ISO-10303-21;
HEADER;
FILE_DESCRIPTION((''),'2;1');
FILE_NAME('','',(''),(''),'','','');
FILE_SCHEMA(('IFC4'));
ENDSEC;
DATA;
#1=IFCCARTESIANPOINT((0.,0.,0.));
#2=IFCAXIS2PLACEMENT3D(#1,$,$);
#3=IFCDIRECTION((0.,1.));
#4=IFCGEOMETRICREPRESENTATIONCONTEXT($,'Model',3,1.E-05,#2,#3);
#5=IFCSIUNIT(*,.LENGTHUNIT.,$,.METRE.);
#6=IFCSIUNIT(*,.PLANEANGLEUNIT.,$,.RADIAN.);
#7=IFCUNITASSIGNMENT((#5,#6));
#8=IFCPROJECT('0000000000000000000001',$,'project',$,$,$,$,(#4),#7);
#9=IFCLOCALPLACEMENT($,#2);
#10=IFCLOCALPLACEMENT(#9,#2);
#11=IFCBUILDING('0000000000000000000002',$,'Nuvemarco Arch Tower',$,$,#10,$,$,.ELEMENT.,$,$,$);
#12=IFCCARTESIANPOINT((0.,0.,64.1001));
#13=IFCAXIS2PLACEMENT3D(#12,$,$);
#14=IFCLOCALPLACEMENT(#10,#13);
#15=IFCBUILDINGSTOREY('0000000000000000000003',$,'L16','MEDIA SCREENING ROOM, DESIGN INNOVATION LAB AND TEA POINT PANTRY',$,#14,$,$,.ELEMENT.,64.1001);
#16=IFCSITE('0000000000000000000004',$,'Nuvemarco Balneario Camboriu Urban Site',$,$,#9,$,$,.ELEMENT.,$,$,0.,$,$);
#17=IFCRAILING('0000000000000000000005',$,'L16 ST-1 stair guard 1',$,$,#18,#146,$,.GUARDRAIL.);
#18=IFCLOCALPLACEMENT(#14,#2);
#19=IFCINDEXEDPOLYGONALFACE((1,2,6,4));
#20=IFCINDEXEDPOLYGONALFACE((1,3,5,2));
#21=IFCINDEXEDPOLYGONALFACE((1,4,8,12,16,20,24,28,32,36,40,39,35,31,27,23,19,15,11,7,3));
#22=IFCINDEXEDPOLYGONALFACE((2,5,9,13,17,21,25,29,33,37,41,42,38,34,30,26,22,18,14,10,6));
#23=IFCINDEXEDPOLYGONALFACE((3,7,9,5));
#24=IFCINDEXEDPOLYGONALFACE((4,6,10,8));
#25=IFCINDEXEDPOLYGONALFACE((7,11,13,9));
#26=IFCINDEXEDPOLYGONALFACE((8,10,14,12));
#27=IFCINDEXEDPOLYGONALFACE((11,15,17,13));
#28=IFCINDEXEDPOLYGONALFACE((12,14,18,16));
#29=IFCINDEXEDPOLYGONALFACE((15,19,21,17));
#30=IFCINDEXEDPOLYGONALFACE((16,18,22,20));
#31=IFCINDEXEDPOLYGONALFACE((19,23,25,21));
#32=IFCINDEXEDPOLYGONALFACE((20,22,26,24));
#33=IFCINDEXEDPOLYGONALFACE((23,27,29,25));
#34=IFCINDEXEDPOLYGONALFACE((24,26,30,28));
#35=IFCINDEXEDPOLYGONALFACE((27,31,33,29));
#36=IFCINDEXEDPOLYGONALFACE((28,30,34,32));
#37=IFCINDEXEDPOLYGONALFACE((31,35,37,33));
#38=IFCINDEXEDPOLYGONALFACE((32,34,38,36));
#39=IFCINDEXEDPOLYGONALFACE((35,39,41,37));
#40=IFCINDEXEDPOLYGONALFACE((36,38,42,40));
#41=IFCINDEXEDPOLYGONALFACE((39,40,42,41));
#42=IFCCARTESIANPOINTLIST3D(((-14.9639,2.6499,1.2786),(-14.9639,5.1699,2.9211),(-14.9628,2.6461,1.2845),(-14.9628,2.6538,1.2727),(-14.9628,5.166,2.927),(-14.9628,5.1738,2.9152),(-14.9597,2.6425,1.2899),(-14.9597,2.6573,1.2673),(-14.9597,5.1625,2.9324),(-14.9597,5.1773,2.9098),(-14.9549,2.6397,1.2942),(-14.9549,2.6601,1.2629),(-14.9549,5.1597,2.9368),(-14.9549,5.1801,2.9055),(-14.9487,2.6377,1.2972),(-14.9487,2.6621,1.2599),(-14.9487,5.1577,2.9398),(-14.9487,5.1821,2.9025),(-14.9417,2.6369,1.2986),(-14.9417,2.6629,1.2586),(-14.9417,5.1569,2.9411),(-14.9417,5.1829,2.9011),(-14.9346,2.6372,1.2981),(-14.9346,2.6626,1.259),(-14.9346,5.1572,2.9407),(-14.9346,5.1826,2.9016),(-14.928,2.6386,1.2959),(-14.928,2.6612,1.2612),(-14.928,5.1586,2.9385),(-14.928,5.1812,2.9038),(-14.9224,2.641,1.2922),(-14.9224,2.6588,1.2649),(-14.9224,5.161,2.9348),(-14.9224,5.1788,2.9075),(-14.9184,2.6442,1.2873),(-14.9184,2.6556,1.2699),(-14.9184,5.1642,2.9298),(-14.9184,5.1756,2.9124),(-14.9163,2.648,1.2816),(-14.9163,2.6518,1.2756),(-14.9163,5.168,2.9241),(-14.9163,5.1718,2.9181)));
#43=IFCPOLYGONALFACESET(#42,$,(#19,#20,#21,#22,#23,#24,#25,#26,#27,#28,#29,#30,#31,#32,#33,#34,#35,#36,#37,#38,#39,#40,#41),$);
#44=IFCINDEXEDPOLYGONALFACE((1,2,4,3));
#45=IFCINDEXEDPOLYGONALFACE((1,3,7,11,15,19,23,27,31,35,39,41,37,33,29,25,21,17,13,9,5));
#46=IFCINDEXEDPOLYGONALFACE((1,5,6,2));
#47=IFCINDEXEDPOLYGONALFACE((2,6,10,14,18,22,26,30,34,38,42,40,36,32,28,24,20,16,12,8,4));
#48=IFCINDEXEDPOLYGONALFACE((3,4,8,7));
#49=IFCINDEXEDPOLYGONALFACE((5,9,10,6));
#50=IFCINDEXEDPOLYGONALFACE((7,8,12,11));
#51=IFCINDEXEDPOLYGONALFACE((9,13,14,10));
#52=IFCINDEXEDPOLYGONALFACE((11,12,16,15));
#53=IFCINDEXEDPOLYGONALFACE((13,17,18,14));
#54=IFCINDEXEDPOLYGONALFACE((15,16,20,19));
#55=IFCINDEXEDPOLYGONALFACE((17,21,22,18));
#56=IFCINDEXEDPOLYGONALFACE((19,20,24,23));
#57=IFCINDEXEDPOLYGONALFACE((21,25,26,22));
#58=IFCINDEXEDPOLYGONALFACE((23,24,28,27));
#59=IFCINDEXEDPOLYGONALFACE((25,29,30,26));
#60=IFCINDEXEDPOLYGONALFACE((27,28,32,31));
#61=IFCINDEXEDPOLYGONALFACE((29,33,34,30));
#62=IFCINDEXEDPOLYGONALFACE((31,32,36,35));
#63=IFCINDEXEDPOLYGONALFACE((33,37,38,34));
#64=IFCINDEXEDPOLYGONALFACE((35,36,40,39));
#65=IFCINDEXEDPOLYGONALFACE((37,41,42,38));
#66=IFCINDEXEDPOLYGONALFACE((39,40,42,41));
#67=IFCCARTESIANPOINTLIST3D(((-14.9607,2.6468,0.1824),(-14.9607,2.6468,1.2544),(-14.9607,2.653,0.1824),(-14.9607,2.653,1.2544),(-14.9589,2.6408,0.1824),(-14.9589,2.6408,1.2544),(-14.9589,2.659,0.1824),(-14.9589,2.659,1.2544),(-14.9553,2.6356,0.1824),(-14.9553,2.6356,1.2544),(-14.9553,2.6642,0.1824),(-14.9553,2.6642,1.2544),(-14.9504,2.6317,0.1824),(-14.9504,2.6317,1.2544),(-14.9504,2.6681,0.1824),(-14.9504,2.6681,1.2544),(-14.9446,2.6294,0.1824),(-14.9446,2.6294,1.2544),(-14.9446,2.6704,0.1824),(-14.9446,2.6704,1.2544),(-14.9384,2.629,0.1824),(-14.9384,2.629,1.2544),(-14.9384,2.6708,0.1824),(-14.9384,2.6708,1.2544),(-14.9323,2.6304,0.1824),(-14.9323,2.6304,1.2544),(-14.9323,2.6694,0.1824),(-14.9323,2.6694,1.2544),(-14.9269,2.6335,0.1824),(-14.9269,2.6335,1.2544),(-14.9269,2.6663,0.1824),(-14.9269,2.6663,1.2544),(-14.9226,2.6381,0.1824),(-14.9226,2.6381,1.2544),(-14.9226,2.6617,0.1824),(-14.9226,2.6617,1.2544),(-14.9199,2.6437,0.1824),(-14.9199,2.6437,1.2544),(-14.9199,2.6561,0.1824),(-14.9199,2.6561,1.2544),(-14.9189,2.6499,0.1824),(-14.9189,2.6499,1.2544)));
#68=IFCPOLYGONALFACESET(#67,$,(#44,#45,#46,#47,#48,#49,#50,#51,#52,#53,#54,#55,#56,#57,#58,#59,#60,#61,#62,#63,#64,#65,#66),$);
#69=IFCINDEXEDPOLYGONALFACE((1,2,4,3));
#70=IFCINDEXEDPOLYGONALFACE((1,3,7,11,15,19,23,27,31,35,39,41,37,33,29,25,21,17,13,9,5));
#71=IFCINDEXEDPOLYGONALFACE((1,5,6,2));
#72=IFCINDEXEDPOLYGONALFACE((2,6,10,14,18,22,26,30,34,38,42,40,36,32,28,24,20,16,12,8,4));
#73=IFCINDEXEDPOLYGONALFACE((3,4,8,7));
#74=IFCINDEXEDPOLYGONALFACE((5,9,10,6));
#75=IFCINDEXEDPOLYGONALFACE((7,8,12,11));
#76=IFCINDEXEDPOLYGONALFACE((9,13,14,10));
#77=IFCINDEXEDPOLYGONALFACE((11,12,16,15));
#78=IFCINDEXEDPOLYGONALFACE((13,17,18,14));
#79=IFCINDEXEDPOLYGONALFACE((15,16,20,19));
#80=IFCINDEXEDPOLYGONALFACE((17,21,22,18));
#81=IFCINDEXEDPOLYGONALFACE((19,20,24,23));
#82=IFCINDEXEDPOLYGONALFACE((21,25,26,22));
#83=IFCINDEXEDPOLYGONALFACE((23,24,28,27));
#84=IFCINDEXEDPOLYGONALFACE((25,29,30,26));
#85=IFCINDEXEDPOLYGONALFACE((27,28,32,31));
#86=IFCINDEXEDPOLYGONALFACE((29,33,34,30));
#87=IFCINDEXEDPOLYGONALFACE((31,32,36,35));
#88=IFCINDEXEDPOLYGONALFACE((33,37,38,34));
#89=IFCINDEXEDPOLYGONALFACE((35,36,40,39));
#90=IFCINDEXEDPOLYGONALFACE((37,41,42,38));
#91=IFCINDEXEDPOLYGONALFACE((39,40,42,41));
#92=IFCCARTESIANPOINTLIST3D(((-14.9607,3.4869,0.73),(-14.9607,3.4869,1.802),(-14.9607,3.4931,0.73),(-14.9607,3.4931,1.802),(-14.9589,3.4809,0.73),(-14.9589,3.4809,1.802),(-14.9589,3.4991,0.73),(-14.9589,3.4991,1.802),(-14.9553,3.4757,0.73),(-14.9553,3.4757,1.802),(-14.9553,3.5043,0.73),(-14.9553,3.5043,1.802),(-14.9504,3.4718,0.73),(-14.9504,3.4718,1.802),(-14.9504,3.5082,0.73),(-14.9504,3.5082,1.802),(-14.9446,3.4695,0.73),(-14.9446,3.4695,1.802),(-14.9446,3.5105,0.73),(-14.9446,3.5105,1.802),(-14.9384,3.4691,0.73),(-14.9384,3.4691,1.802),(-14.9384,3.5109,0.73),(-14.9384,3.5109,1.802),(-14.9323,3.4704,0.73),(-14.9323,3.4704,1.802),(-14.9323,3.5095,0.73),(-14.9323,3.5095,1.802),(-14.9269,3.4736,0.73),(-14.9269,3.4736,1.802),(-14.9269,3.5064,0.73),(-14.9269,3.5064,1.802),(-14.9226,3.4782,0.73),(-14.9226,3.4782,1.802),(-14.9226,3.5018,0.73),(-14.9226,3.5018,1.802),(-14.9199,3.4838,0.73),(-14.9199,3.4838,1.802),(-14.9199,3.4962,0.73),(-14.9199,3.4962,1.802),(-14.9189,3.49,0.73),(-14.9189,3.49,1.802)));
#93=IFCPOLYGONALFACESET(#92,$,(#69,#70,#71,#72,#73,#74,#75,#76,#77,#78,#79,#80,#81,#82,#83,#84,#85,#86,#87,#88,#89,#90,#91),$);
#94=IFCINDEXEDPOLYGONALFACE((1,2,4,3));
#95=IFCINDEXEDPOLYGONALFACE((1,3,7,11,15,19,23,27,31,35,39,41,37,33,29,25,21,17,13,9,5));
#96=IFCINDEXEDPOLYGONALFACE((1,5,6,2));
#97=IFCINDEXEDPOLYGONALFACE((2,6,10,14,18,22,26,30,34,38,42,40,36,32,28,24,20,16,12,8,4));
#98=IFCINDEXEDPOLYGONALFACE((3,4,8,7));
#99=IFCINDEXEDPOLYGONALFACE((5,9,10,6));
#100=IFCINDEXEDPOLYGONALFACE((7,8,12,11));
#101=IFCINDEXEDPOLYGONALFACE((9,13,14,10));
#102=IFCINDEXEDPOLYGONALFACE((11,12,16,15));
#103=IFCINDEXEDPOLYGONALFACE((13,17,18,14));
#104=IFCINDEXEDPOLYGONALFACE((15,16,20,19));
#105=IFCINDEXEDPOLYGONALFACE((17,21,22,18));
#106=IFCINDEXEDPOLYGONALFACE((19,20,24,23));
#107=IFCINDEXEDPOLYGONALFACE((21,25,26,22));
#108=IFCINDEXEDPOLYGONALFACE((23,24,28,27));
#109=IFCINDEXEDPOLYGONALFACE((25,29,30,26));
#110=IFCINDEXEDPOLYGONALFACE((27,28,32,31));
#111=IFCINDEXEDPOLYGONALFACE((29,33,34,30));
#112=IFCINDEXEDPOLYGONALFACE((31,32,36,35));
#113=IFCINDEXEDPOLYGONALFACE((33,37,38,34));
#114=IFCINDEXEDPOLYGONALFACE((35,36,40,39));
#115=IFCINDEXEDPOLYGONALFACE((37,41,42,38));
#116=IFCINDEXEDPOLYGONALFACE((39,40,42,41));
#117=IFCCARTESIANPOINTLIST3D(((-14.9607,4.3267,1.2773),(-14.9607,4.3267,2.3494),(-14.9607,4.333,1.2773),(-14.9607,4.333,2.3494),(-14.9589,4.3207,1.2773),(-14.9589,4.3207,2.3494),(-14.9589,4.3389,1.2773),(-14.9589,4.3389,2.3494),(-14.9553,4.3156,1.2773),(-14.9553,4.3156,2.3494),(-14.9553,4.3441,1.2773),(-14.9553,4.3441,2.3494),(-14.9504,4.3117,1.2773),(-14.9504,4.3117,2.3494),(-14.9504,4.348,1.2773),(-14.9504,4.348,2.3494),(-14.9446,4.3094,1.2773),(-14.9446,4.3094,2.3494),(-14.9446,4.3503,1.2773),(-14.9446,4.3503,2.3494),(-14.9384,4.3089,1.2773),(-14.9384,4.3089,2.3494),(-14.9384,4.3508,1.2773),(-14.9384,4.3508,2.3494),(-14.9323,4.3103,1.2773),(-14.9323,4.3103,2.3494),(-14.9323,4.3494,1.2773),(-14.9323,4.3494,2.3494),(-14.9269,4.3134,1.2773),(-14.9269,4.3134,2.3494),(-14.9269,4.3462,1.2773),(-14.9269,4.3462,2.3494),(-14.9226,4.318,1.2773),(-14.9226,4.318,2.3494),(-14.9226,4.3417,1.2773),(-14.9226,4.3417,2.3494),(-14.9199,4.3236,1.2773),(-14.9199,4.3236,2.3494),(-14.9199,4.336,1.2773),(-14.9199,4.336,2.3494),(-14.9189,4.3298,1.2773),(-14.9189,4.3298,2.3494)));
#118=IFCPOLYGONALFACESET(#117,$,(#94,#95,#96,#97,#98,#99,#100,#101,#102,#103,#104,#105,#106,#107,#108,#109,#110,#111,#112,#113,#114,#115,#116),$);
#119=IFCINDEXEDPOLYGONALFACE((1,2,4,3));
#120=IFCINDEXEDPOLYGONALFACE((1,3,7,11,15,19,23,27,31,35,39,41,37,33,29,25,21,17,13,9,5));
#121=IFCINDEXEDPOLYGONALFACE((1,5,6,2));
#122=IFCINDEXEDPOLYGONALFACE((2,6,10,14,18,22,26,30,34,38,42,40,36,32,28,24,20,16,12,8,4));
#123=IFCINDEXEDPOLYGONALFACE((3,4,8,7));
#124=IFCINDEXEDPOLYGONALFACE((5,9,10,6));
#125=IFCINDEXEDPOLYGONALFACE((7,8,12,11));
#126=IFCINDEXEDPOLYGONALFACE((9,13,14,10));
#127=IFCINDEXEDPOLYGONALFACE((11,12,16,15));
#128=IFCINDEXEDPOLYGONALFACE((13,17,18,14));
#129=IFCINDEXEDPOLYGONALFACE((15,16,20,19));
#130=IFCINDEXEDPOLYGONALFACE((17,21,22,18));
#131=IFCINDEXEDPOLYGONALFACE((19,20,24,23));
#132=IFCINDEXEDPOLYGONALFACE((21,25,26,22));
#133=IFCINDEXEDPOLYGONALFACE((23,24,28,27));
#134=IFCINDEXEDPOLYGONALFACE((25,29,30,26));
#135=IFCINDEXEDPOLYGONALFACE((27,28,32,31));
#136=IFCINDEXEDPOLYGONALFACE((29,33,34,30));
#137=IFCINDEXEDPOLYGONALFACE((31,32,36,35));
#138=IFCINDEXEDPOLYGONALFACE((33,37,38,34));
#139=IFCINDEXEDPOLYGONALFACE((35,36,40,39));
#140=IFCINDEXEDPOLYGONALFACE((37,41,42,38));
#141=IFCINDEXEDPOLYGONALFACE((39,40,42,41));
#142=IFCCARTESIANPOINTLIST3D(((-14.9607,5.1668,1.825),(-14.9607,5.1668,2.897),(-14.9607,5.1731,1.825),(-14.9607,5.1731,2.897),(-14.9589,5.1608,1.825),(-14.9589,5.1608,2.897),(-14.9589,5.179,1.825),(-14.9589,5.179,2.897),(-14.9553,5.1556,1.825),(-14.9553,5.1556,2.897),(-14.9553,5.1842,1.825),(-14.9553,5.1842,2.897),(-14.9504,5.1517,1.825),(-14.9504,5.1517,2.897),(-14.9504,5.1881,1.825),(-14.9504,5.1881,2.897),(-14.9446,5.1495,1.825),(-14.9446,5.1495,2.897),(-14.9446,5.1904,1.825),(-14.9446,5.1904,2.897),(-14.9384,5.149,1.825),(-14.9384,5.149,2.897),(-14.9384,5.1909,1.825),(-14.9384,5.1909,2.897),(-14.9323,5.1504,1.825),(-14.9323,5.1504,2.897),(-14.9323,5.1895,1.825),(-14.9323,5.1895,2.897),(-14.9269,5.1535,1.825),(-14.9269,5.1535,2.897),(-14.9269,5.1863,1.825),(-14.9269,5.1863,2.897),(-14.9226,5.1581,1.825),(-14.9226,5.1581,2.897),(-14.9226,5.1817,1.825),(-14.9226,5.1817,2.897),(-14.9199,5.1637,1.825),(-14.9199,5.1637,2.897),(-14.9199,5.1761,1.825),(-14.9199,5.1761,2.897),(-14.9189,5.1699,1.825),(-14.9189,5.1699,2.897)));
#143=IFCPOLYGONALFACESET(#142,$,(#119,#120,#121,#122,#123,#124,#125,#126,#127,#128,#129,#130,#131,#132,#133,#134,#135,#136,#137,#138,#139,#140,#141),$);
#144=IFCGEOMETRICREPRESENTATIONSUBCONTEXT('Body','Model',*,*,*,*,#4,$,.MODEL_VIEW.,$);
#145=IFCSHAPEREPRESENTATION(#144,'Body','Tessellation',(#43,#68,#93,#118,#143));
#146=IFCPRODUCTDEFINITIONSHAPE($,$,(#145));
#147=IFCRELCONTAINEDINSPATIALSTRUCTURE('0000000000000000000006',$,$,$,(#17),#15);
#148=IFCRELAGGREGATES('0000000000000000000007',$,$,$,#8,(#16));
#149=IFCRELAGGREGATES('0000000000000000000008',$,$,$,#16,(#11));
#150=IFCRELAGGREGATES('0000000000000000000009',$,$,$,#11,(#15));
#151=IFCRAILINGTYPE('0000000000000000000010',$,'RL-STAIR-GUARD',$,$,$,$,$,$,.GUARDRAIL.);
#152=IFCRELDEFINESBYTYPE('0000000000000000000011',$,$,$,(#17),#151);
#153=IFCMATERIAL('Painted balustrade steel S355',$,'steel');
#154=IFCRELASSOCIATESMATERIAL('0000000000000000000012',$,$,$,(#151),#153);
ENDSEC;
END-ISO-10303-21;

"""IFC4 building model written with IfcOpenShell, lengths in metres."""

from ifc_helpers import new_model, si_unit, direction, frame, origin, origin_2d, place, context, subcontext, project, spatial, circle, extrude, material, type_object, element, save


model = new_model("IFC4")

# Units and contexts
model_context = context("Model", 3, precision=1e-05, world=origin(), true_north=direction((0.0, 1.0)))
body_context = subcontext(model_context, "Body", "Model", "MODEL_VIEW")
ifc_project = project(units=[si_unit("LENGTHUNIT", "METRE"), si_unit("PLANEANGLEUNIT", "RADIAN")], contexts=[model_context])

# Site, building, storey
site_placement = place(None, origin())
site = spatial("IfcSite", under=ifc_project, at=site_placement, Name="Nuvemarco Balneario Camboriu Urban Site", CompositionType="ELEMENT", RefElevation=0.0)
building_placement = place(site_placement, origin())
building = spatial("IfcBuilding", under=site, at=building_placement, Name="Nuvemarco Arch Tower", CompositionType="ELEMENT")
storey_placement = place(building_placement, frame((0.0, 0.0, 64.1001)))
storey = spatial("IfcBuildingStorey", under=building, at=storey_placement, Name="L16", Description="MEDIA SCREENING ROOM, DESIGN INNOVATION LAB AND TEA POINT PANTRY", CompositionType="ELEMENT", Elevation=64.1001)

# Railing
ifc_material_1 = material(Name="Painted balustrade steel S355", Category="steel")
railing_type_1 = type_object("IfcRailingType", Name="RL-STAIR-GUARD", PredefinedType="GUARDRAIL", material=ifc_material_1)
railing_1_placement = place(storey_placement, frame((-14.9399, 2.6499, 0.1824)))
element("IfcRailing", 1, at=railing_1_placement, inside=storey, type_object=railing_type_1, Name="L16 ST-1 stair guard 1", PredefinedType="GUARDRAIL", context=body_context, shape_type="SweptSolid", body=[
    extrude(circle(Radius=0.0239, at=origin_2d()), frame((0.0, 0.0, 1.0962), z_axis=(0.0, 0.837749, 0.546055), x_axis=(-1.0, 0.0, 0.0)), (0.0, 0.0, 1.0), 3.0081),
    extrude(circle(Radius=0.021, at=origin_2d()), origin(), (0.0, 0.0, 1.0), 1.072),
    extrude(circle(Radius=0.021, at=origin_2d()), frame((0.0, 0.8401, 0.5476)), (0.0, 0.0, 1.0), 1.072),
    extrude(circle(Radius=0.021, at=origin_2d()), frame((0.0, 1.6799, 1.095)), (0.0, 0.0, 1.0), 1.072),
    extrude(circle(Radius=0.021, at=origin_2d()), frame((0.0, 2.52, 1.6426)), (0.0, 0.0, 1.0), 1.072),
])

save(model, "model.ifc")
